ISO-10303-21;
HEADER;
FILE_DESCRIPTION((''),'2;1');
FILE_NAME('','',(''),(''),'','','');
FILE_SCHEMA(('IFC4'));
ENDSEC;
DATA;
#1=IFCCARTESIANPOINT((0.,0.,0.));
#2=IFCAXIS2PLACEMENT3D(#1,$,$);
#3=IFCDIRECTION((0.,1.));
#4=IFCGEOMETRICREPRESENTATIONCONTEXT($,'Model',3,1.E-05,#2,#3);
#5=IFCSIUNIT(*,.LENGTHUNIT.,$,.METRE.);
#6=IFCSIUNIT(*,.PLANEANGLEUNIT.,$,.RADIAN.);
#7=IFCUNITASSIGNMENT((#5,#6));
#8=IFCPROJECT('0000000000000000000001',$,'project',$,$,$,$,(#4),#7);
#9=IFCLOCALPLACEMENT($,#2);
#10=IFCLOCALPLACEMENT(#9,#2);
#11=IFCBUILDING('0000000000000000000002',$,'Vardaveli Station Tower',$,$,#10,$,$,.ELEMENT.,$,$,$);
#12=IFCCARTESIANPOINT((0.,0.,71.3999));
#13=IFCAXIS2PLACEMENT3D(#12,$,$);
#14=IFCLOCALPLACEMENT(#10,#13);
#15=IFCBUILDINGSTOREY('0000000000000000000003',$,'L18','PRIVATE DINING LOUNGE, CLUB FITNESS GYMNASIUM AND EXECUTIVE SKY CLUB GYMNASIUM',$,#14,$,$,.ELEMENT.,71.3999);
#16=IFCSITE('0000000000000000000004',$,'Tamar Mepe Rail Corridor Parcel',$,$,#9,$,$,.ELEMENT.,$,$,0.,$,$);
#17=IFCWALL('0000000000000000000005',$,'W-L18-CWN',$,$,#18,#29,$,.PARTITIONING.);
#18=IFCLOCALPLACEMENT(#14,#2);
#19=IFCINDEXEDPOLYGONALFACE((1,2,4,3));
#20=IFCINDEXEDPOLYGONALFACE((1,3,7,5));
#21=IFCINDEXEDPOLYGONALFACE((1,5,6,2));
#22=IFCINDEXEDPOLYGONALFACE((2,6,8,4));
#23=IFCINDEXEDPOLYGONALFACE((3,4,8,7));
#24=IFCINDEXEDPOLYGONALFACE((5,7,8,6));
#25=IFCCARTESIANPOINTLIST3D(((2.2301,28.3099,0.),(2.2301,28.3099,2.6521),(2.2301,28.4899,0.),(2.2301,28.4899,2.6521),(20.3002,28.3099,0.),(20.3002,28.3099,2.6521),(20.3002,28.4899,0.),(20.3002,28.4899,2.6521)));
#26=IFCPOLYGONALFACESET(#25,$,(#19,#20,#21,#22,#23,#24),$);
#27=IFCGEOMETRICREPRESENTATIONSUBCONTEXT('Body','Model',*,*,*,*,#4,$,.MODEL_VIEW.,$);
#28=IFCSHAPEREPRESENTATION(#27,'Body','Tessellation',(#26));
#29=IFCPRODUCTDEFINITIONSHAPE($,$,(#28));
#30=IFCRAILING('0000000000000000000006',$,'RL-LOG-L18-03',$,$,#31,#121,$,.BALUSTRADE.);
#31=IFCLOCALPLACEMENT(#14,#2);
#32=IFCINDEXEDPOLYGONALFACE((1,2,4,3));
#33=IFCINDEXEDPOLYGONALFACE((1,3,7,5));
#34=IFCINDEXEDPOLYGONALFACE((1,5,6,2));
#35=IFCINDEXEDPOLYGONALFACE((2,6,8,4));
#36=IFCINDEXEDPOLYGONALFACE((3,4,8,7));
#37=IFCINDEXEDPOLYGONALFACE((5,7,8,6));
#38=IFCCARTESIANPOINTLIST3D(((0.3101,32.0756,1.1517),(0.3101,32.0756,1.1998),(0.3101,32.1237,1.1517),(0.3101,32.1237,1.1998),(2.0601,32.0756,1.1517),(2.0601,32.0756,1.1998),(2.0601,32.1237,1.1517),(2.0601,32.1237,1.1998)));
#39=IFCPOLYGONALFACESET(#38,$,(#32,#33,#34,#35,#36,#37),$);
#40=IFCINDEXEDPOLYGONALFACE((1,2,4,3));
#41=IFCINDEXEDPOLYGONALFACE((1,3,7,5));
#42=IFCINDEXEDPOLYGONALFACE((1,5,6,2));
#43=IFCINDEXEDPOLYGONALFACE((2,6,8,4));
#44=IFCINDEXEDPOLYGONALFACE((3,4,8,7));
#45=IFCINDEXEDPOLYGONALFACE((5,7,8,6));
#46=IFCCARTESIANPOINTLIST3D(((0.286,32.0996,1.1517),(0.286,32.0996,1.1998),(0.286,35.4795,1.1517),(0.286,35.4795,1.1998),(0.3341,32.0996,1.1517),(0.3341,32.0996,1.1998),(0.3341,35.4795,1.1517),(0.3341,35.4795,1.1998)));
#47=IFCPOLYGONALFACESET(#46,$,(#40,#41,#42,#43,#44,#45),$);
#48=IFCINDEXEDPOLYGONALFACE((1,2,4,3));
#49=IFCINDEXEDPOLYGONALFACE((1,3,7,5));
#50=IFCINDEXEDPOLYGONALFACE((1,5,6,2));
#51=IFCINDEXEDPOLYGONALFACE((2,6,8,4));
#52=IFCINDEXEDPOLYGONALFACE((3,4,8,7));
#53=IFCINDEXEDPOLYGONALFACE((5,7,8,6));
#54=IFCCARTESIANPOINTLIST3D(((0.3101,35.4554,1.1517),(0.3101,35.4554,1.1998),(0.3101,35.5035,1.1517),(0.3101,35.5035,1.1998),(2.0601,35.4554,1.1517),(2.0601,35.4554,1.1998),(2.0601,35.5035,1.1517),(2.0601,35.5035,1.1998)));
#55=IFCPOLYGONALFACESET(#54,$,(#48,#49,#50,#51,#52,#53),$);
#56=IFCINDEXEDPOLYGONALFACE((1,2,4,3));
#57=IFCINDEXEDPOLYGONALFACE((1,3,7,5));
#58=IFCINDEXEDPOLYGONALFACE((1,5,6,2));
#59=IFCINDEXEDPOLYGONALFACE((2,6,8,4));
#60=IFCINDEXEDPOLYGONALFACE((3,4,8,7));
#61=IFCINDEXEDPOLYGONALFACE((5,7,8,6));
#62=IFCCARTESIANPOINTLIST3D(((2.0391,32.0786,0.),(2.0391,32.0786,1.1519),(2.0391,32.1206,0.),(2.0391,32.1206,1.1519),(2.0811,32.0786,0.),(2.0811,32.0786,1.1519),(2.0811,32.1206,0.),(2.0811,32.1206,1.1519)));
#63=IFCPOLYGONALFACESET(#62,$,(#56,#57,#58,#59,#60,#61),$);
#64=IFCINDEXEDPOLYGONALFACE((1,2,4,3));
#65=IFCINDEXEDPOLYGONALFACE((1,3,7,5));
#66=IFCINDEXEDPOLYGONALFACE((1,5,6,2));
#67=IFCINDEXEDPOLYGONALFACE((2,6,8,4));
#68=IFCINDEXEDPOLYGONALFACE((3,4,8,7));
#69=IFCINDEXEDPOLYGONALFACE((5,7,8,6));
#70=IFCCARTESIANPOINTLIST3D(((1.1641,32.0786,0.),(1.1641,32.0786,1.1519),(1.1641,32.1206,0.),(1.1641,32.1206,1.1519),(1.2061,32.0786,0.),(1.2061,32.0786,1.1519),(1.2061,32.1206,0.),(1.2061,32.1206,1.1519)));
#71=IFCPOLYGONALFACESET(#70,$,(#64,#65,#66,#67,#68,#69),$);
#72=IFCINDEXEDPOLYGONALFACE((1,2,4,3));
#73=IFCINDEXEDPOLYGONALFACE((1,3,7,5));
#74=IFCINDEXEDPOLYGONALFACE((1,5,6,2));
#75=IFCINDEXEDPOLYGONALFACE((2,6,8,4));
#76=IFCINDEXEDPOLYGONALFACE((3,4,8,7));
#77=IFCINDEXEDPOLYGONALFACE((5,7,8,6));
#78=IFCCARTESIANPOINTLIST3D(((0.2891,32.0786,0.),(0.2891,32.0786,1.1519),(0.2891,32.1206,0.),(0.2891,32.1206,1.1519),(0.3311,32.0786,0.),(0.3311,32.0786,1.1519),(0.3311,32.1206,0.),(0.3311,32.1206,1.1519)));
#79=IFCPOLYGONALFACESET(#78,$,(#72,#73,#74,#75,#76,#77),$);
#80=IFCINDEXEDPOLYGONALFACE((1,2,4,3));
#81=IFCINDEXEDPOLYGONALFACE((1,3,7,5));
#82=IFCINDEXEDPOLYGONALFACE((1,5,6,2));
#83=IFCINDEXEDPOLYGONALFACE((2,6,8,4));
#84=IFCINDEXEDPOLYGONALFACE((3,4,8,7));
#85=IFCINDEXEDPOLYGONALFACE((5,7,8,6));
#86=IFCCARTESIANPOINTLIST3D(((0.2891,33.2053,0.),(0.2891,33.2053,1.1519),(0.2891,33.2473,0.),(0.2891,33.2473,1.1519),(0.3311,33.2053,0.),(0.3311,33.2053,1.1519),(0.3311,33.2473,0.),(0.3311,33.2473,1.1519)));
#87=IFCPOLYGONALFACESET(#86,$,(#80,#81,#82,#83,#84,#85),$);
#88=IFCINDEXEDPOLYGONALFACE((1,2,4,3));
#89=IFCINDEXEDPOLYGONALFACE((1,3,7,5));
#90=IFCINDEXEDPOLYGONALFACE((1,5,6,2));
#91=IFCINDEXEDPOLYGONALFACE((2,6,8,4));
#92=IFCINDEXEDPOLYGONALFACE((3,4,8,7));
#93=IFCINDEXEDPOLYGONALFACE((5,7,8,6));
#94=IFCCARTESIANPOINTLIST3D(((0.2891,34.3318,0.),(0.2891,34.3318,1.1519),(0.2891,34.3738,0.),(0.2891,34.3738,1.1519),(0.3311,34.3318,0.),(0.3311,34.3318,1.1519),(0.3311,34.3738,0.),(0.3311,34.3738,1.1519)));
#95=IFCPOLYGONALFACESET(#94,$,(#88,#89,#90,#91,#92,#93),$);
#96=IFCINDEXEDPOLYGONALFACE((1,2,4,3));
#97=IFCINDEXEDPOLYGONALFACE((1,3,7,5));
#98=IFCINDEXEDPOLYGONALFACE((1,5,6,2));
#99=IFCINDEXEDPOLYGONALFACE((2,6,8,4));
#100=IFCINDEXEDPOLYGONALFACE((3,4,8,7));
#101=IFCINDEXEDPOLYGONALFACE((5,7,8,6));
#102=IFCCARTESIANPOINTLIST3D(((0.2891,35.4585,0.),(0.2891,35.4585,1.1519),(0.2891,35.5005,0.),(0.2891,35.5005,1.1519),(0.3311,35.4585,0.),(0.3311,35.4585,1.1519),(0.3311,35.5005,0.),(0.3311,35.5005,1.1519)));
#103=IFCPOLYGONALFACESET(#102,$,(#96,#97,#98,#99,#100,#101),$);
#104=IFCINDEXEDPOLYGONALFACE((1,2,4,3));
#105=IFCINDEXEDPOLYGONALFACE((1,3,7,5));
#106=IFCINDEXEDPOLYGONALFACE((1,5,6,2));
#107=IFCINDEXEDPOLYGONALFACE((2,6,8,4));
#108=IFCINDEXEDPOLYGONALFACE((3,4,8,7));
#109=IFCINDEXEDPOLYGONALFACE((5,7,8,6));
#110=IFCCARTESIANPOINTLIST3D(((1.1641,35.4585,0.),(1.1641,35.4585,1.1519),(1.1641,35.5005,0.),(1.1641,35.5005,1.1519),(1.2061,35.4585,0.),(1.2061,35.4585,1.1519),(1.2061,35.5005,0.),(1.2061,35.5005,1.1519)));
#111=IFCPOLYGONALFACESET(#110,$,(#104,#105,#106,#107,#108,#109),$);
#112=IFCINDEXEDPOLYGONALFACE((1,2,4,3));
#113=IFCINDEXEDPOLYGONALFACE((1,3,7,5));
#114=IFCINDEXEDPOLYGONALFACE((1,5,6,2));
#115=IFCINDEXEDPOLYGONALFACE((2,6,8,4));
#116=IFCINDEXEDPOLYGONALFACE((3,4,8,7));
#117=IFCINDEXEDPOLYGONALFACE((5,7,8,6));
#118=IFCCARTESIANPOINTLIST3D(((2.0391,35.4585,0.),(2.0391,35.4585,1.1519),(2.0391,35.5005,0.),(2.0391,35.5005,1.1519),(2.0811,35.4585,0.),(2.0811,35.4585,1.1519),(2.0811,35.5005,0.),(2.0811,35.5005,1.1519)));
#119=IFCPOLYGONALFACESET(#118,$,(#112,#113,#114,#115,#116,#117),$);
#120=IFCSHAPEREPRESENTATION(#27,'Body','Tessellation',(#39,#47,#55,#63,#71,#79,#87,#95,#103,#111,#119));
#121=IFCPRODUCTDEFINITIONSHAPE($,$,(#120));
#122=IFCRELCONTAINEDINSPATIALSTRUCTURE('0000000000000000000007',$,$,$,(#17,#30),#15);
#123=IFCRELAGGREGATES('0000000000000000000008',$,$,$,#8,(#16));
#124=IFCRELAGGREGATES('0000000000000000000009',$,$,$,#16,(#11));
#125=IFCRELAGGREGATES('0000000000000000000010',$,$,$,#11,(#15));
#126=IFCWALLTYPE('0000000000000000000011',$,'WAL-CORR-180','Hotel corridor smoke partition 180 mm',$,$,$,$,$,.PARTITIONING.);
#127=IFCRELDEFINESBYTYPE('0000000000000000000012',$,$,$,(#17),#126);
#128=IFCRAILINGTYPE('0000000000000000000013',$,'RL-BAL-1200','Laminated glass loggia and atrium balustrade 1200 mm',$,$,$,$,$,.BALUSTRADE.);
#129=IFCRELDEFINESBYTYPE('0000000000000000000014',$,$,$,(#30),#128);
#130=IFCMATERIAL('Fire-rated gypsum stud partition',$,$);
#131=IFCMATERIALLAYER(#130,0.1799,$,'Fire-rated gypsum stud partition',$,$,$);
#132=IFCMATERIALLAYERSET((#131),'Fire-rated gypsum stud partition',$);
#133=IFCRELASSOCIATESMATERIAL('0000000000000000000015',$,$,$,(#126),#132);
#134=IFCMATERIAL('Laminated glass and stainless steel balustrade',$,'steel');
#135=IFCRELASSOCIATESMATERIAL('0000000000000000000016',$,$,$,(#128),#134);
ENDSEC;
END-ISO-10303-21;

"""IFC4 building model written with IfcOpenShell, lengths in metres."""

from ifc_helpers import new_model, si_unit, direction, frame, frame_2d, origin, origin_2d, place, context, subcontext, project, spatial, rectangle, extrude, source, transform, mapped, material, layer, layer_set, type_object, element, save


model = new_model("IFC4")

# Units and contexts
model_context = context("Model", 3, precision=1e-05, world=origin(), true_north=direction((0.0, 1.0)))
body_context = subcontext(model_context, "Body", "Model", "MODEL_VIEW")
ifc_project = project(units=[si_unit("LENGTHUNIT", "METRE"), si_unit("PLANEANGLEUNIT", "RADIAN")], contexts=[model_context])

# Site, building, storey
site_placement = place(None, origin())
site = spatial("IfcSite", under=ifc_project, at=site_placement, Name="Tamar Mepe Rail Corridor Parcel", CompositionType="ELEMENT", RefElevation=0.0)
building_placement = place(site_placement, origin())
building = spatial("IfcBuilding", under=site, at=building_placement, Name="Vardaveli Station Tower", CompositionType="ELEMENT")
storey_placement = place(building_placement, frame((0.0, 0.0, 71.3999)))
storey = spatial("IfcBuildingStorey", under=building, at=storey_placement, Name="L18", Description="PRIVATE DINING LOUNGE, CLUB FITNESS GYMNASIUM AND EXECUTIVE SKY CLUB GYMNASIUM", CompositionType="ELEMENT", Elevation=71.3999)

# Shared definitions
ifc_material_1 = material(Name="Fire-rated gypsum stud partition")
ifc_layer_1 = layer(ifc_material_1, 0.1799, Name="Fire-rated gypsum stud partition")
ifc_layer_set_1 = layer_set([ifc_layer_1], Name="Fire-rated gypsum stud partition")
wall_type = type_object("IfcWallType", Name="WAL-CORR-180", Description="Hotel corridor smoke partition 180 mm", PredefinedType="PARTITIONING", material=ifc_layer_set_1)

# Wall
shared_shape_1 = source(origin(), body_context, "Body", "SweptSolid", [
    extrude(rectangle(XDim=18.0701, YDim=0.1799, at=frame_2d((9.0352, 0.0))), origin(), (0.0, 0.0, 1.0), 2.6521),
])
wall_1_placement = place(storey_placement, frame((2.23, 28.3999, 0.0), z_axis=(0.0, 0.0, 1.0), x_axis=(1.0, 0.0, 0.0)))
element("IfcWall", 1, at=wall_1_placement, inside=storey, type_object=wall_type, Name="W-L18-CWN", PredefinedType="PARTITIONING", context=body_context, shape_type="MappedRepresentation", body=[
    mapped(shared_shape_1, transform((0.0, 0.0, 0.0), scale=1.0)),
])

# Railing
ifc_material_2 = material(Name="Laminated glass and stainless steel balustrade", Category="steel")
railing_type = type_object("IfcRailingType", Name="RL-BAL-1200", Description="Laminated glass loggia and atrium balustrade 1200 mm", PredefinedType="BALUSTRADE", material=ifc_material_2)
shared_shape_2 = source(origin(), body_context, "Body", "SweptSolid", [
    extrude(rectangle(XDim=0.0481, YDim=0.0481, at=origin_2d()), frame((0.0, 0.0, 1.1758), z_axis=(-1.0, 0.0, 0.0), x_axis=(0.0, -1.0, 0.0)), (0.0, 0.0, 1.0), 1.75),
    extrude(rectangle(XDim=0.0481, YDim=0.0481, at=origin_2d()), frame((-1.75, 0.0, 1.1758), z_axis=(0.0, 1.0, 0.0), x_axis=(-1.0, 0.0, 0.0)), (0.0, 0.0, 1.0), 3.3799),
    extrude(rectangle(XDim=0.0481, YDim=0.0481, at=origin_2d()), frame((-1.75, 3.3799, 1.1758), z_axis=(1.0, 0.0, 0.0), x_axis=(0.0, 1.0, 0.0)), (0.0, 0.0, 1.0), 1.75),
    extrude(rectangle(XDim=0.042, YDim=0.042, at=origin_2d()), origin(), (0.0, 0.0, 1.0), 1.1519),
    extrude(rectangle(XDim=0.042, YDim=0.042, at=origin_2d()), frame((-0.875, 0.0, 0.0)), (0.0, 0.0, 1.0), 1.1519),
    extrude(rectangle(XDim=0.042, YDim=0.042, at=origin_2d()), frame((-1.75, 0.0, 0.0)), (0.0, 0.0, 1.0), 1.1519),
    extrude(rectangle(XDim=0.042, YDim=0.042, at=origin_2d()), frame((-1.75, 1.1267, 0.0)), (0.0, 0.0, 1.0), 1.1519),
    extrude(rectangle(XDim=0.042, YDim=0.042, at=origin_2d()), frame((-1.75, 2.2532, 0.0)), (0.0, 0.0, 1.0), 1.1519),
    extrude(rectangle(XDim=0.042, YDim=0.042, at=origin_2d()), frame((-1.75, 3.3799, 0.0)), (0.0, 0.0, 1.0), 1.1519),
    extrude(rectangle(XDim=0.042, YDim=0.042, at=origin_2d()), frame((-0.875, 3.3799, 0.0)), (0.0, 0.0, 1.0), 1.1519),
    extrude(rectangle(XDim=0.042, YDim=0.042, at=origin_2d()), frame((0.0, 3.3799, 0.0)), (0.0, 0.0, 1.0), 1.1519),
])
railing_placement = place(storey_placement, frame((2.0601, 32.0996, 0.0)))
element("IfcRailing", 2, at=railing_placement, inside=storey, type_object=railing_type, Name="RL-LOG-L18-03", PredefinedType="BALUSTRADE", context=body_context, shape_type="MappedRepresentation", body=[
    mapped(shared_shape_2, transform((0.0, 0.0, 0.0), scale=1.0)),
])

save(model, "model.ifc")
